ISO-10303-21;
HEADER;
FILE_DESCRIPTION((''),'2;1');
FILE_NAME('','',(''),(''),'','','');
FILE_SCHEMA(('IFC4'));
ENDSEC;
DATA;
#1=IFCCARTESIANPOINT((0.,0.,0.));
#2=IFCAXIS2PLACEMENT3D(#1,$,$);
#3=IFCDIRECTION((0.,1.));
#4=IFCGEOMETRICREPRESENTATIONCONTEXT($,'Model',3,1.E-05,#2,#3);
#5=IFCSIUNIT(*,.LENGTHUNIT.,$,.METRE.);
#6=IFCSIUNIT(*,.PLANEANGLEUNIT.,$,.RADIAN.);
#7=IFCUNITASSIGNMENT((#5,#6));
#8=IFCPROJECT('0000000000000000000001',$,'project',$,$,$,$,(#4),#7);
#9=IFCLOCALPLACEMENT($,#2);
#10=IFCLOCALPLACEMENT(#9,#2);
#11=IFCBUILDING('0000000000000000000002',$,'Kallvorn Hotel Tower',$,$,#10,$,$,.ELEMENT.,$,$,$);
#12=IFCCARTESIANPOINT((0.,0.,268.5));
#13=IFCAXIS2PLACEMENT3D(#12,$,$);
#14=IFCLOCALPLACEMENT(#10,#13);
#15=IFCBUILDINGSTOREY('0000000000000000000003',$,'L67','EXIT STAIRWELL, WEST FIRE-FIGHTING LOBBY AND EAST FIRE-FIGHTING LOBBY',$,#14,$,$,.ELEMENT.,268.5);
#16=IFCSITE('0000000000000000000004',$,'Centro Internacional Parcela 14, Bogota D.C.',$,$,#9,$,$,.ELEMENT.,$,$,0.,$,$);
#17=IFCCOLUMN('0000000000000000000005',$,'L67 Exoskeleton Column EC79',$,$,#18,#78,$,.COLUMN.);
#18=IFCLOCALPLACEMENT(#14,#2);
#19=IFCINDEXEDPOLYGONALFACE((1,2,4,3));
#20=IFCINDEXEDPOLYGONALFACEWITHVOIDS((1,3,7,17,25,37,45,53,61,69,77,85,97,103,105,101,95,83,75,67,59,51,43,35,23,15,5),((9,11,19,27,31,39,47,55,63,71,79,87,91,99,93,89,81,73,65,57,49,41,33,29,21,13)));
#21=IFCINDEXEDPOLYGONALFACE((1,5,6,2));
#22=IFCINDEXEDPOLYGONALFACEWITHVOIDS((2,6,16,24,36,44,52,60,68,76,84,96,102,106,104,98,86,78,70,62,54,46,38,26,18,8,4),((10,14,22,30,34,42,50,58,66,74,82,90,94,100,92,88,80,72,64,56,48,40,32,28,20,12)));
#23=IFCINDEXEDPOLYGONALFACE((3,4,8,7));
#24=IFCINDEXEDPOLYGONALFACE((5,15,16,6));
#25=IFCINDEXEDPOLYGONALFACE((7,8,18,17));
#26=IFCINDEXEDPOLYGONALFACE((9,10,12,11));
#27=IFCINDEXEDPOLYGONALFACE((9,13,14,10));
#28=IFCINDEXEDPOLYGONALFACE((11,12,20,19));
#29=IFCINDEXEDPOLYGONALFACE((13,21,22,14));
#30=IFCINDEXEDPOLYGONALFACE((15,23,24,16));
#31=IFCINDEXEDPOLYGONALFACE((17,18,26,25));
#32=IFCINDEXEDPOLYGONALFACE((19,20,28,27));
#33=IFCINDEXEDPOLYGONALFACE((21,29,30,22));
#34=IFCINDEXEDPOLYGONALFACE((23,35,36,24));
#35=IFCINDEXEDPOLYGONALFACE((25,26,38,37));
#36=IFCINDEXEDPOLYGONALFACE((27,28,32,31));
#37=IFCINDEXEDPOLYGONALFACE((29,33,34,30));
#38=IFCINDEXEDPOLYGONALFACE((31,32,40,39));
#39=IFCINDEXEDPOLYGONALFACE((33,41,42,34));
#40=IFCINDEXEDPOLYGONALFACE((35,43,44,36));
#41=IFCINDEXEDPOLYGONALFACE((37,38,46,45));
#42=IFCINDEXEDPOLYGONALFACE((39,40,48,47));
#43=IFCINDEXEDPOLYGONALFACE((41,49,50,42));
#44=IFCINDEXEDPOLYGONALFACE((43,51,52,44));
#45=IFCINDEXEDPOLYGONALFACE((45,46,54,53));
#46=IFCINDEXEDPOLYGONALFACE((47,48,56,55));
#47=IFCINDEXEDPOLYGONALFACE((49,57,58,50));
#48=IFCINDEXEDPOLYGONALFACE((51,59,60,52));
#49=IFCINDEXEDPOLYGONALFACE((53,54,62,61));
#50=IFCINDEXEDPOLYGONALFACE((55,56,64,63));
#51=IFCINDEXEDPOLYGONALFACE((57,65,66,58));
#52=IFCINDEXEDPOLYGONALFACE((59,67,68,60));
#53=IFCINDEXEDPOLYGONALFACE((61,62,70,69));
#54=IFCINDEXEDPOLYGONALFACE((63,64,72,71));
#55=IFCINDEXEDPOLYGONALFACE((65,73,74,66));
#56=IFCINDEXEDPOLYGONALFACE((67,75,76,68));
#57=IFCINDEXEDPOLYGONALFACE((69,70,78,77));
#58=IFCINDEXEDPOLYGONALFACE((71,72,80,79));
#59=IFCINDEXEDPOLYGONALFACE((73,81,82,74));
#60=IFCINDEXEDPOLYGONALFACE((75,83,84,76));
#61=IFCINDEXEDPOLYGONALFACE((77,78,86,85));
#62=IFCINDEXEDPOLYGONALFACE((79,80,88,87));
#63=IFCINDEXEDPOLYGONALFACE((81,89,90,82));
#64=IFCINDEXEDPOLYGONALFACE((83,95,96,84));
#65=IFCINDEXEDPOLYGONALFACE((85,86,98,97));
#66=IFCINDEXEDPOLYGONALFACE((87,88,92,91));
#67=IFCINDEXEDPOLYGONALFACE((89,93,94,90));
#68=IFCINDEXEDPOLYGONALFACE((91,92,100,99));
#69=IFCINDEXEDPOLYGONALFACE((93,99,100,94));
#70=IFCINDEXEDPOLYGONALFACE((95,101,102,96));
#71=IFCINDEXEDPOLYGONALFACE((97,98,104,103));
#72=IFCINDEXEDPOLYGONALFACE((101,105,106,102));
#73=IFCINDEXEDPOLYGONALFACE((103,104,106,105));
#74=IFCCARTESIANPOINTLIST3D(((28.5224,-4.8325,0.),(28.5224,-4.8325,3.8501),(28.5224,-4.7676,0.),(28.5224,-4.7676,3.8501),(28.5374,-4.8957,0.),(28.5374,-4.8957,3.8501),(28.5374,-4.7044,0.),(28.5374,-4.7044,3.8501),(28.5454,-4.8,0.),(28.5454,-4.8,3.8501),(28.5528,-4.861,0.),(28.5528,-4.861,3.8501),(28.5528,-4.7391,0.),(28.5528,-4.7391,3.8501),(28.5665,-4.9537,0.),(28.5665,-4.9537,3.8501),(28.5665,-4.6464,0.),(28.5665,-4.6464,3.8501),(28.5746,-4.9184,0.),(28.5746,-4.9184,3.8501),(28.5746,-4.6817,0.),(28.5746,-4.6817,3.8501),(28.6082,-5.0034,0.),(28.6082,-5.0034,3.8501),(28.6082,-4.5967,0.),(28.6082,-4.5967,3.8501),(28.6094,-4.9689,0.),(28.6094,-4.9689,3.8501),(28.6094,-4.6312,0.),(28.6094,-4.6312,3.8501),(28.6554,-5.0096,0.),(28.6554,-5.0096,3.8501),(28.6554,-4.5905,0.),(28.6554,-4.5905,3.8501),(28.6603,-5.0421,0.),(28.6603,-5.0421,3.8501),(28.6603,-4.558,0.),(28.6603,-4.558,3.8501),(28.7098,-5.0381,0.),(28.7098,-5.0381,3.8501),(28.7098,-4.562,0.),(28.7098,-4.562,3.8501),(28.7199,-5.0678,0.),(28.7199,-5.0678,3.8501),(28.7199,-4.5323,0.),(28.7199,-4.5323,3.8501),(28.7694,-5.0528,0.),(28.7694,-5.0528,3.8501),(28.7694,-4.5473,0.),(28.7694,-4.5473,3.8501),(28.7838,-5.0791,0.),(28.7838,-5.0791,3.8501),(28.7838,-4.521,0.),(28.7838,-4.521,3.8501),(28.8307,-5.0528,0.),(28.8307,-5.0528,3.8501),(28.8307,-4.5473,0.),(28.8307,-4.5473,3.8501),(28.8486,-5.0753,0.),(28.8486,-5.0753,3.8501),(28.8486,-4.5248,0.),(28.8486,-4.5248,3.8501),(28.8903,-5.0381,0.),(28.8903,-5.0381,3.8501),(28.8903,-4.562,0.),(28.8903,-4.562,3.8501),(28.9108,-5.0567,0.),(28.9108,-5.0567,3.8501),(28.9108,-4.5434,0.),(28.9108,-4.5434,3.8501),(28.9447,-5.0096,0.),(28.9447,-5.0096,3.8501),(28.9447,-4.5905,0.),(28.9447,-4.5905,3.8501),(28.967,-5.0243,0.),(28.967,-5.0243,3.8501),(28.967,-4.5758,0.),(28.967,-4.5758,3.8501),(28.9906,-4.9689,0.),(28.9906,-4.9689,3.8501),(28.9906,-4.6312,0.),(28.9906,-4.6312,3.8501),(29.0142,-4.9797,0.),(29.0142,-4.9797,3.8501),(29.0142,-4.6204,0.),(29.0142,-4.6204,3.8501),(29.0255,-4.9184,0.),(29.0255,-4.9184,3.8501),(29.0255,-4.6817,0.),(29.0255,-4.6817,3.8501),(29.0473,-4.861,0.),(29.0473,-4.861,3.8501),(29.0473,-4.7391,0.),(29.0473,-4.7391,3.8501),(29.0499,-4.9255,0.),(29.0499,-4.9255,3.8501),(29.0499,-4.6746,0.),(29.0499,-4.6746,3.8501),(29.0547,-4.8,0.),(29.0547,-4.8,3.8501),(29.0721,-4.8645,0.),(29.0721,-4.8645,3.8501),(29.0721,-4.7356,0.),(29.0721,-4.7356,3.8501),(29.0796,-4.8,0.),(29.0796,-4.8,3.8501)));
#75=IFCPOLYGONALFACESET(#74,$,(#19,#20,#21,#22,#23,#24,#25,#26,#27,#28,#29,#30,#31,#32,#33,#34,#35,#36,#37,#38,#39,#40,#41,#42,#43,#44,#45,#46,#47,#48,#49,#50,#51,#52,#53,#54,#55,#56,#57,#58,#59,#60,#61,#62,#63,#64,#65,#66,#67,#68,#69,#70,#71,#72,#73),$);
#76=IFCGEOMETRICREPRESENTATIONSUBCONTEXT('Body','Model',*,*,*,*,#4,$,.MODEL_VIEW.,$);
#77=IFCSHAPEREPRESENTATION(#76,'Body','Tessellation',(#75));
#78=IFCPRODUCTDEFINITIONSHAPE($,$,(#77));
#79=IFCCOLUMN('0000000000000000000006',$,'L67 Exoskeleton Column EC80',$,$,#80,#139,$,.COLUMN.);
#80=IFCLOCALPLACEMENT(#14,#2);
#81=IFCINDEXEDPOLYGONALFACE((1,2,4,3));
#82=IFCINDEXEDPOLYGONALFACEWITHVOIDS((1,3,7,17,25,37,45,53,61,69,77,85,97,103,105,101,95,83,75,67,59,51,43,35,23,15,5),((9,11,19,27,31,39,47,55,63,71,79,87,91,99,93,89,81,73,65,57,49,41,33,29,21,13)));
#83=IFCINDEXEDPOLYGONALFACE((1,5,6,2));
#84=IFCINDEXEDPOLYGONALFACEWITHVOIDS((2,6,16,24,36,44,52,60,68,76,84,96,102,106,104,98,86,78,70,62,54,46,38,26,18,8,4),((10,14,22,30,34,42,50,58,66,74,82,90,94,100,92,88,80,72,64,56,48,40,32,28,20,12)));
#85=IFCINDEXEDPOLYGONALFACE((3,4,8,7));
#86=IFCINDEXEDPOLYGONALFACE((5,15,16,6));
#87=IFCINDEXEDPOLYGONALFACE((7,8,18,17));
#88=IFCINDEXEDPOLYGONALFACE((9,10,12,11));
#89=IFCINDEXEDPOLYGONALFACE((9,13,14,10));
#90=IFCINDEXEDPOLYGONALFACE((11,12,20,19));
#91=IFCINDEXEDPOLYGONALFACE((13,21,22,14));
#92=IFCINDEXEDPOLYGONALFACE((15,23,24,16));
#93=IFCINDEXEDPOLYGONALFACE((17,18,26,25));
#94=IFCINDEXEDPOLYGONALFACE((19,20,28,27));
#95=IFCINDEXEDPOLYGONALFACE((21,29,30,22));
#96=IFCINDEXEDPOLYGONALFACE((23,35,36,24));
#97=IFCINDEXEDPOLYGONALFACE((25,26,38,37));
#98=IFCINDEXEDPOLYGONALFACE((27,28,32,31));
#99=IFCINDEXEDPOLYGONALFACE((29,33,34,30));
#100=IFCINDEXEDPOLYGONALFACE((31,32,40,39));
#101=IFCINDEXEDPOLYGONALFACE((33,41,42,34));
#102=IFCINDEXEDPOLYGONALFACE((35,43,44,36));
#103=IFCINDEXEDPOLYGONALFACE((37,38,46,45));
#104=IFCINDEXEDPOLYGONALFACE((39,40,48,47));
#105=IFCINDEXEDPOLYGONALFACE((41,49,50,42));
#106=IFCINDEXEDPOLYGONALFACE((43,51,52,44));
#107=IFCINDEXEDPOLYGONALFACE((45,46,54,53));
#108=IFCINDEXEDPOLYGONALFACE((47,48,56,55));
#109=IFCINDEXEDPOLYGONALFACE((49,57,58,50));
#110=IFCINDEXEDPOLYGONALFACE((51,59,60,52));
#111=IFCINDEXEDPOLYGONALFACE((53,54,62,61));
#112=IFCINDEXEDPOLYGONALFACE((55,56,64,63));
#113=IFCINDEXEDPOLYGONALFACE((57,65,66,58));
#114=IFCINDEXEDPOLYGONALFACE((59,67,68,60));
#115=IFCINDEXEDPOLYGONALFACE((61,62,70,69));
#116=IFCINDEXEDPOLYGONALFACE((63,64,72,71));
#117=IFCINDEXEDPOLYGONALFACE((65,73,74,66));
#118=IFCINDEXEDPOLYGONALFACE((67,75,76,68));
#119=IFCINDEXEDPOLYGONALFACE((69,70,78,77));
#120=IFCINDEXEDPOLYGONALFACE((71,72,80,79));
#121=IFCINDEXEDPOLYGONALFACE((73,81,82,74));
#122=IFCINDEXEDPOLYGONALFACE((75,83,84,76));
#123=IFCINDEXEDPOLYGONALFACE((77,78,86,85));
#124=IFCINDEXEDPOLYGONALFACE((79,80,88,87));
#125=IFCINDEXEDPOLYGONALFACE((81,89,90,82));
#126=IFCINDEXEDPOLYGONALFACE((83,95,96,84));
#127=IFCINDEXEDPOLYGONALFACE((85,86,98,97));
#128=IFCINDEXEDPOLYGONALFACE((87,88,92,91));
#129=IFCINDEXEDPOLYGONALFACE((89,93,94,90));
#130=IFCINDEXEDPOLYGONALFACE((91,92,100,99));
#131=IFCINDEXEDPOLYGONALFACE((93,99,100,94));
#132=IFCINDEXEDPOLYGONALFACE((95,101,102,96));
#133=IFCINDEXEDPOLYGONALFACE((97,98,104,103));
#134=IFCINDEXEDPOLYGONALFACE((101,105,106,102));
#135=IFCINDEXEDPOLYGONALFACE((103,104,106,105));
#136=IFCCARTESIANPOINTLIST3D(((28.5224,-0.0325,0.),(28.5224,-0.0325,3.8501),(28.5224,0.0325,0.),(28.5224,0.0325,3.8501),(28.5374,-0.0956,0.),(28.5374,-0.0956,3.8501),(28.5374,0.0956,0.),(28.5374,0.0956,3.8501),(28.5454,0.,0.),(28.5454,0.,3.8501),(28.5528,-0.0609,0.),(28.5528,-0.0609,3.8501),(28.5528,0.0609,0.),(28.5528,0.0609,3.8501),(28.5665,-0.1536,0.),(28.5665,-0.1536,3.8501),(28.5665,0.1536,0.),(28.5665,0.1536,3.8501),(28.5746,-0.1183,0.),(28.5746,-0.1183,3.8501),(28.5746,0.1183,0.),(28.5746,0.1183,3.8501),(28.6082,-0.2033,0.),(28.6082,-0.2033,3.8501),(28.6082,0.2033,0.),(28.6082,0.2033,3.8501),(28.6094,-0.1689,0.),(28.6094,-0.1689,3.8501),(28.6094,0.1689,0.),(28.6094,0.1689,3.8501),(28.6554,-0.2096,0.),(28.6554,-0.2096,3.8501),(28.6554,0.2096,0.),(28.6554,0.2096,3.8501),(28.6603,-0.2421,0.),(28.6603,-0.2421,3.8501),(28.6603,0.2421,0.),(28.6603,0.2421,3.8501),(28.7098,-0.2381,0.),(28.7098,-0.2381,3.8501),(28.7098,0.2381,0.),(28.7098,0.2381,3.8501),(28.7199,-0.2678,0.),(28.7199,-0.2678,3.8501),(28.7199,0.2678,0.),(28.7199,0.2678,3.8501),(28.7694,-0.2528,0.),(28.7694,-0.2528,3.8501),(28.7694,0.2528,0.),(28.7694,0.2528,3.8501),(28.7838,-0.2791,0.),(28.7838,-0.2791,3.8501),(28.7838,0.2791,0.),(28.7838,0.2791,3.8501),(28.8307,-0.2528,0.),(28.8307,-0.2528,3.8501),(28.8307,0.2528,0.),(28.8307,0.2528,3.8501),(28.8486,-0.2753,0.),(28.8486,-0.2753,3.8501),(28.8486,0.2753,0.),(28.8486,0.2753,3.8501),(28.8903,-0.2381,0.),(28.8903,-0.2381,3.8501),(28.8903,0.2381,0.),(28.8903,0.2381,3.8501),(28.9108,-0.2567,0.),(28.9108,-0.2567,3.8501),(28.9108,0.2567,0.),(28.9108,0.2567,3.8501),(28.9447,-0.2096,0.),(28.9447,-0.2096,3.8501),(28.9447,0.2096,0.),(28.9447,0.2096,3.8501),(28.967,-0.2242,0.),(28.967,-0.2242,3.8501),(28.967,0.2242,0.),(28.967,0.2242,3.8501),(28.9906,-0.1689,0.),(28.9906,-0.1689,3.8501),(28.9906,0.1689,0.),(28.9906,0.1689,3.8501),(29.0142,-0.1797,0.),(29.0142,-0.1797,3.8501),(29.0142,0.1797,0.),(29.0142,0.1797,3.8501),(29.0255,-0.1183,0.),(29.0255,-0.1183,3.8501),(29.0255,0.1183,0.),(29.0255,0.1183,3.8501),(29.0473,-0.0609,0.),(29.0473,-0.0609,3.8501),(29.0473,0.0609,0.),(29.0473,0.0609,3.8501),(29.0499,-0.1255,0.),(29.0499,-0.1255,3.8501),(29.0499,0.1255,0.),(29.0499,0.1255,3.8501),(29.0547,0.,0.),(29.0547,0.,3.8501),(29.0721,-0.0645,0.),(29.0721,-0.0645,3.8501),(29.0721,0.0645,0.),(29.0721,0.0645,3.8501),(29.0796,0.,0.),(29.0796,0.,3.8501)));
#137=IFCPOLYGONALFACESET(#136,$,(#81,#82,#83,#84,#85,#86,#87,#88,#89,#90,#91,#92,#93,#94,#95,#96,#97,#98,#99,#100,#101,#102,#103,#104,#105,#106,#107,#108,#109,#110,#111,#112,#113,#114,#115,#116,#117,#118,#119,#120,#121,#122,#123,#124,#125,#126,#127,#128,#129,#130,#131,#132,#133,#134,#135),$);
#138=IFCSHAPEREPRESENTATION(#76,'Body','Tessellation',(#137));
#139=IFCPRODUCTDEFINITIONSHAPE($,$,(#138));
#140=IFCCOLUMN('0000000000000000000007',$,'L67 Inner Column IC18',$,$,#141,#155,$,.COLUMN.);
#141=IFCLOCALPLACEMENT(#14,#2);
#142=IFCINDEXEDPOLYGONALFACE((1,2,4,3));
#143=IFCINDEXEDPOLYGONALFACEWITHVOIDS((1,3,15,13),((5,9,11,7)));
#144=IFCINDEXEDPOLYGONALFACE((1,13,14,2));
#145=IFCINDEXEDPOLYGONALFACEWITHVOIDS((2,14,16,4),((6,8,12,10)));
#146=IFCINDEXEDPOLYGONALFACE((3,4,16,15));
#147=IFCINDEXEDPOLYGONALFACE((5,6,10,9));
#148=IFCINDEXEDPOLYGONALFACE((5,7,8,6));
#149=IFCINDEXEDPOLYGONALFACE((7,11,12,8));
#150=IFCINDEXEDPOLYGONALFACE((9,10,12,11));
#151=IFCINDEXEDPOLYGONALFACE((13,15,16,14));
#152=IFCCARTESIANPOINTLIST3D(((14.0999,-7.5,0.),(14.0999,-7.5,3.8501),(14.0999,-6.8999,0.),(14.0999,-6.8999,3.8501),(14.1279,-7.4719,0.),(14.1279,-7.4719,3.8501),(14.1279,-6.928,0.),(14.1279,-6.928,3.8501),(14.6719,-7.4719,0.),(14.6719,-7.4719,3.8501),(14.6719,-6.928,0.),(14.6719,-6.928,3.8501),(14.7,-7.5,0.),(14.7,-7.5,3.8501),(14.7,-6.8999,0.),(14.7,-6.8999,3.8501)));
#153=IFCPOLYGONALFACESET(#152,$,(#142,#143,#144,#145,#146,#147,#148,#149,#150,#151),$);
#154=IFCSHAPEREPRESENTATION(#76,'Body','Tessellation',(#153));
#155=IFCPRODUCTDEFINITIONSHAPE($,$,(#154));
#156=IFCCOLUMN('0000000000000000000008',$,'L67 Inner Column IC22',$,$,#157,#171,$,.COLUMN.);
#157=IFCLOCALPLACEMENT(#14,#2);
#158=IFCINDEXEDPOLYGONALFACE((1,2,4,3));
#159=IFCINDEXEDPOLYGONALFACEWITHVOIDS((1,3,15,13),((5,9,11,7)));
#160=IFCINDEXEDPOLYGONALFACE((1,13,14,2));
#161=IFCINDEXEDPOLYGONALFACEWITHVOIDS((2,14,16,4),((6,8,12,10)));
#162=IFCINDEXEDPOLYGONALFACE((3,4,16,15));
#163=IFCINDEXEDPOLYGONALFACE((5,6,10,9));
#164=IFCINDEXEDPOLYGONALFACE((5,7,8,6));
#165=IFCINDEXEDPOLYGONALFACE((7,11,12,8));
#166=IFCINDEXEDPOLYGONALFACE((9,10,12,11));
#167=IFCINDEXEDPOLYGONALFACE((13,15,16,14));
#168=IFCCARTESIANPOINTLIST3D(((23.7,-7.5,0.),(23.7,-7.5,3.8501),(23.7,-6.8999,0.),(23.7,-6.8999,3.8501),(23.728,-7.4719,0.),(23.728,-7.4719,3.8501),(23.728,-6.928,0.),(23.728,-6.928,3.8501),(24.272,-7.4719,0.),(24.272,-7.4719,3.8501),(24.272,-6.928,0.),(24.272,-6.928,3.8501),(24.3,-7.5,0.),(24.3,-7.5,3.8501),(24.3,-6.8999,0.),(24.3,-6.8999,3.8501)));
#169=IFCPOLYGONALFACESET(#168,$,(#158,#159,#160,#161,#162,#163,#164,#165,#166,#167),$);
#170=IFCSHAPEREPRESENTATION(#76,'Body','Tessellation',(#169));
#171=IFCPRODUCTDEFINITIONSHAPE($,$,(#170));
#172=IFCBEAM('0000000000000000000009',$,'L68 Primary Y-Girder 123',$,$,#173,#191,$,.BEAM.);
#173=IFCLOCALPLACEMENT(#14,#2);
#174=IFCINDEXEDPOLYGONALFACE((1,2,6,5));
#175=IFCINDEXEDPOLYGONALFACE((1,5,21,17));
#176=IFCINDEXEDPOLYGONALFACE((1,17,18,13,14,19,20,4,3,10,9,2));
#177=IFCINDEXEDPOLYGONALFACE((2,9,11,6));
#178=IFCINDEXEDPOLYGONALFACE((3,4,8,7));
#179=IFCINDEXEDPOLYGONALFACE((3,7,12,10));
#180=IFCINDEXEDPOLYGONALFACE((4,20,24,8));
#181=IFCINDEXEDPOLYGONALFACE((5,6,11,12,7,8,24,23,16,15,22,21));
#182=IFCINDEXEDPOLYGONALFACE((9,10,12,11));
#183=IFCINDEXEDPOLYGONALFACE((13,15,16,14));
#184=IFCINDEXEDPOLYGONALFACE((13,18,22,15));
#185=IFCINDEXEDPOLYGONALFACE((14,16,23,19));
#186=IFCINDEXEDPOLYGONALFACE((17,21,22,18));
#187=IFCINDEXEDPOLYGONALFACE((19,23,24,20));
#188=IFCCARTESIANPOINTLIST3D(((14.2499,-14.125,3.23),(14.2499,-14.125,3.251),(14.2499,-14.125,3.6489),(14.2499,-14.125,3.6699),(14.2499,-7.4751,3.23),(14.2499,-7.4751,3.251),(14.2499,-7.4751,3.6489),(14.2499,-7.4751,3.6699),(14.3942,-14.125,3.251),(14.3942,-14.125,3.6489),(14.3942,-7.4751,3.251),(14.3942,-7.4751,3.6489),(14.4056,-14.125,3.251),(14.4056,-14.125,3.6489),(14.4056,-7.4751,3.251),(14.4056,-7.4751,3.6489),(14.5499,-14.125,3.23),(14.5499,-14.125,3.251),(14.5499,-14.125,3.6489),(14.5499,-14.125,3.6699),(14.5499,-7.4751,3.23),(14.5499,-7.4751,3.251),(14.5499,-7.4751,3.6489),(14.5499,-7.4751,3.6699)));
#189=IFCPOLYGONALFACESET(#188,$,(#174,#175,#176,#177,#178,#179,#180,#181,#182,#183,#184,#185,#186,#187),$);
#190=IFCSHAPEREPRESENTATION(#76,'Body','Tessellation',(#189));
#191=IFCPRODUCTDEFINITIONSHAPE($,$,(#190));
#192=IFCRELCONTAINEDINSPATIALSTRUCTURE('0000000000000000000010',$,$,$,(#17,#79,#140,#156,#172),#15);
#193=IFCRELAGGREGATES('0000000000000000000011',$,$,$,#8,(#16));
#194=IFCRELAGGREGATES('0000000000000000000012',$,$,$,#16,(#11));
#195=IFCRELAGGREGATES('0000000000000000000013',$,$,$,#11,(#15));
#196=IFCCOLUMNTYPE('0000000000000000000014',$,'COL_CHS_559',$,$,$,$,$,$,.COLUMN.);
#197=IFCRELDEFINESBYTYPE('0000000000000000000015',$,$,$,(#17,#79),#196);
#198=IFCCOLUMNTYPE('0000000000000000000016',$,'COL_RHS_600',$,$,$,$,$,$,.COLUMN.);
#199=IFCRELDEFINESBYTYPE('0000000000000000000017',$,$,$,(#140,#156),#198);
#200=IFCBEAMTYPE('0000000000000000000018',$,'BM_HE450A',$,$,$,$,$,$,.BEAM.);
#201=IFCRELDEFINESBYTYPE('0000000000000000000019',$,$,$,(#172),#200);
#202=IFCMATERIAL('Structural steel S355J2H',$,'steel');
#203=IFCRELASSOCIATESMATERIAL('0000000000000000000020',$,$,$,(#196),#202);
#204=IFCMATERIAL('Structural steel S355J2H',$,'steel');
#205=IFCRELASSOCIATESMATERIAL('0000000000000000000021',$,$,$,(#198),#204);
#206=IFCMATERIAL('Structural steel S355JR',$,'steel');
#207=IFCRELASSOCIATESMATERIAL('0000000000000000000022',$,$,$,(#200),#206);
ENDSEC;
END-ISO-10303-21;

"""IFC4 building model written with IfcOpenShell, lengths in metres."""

from ifc_helpers import new_model, si_unit, direction, frame, origin, origin_2d, place, context, subcontext, project, spatial, hollow_rectangle, hollow_circle, i_section, extrude, material, material_profile, profile_set, type_object, element, save


model = new_model("IFC4")

# Units and contexts
model_context = context("Model", 3, precision=1e-05, world=origin(), true_north=direction((0.0, 1.0)))
body_context = subcontext(model_context, "Body", "Model", "MODEL_VIEW")
ifc_project = project(units=[si_unit("LENGTHUNIT", "METRE"), si_unit("PLANEANGLEUNIT", "RADIAN")], contexts=[model_context])

# Site, building, storey
site_placement = place(None, origin())
site = spatial("IfcSite", under=ifc_project, at=site_placement, Name="Centro Internacional Parcela 14, Bogota D.C.", CompositionType="ELEMENT", RefElevation=0.0)
building_placement = place(site_placement, origin())
building = spatial("IfcBuilding", under=site, at=building_placement, Name="Kallvorn Hotel Tower", CompositionType="ELEMENT")
storey_placement = place(building_placement, frame((0.0, 0.0, 268.5)))
storey = spatial("IfcBuildingStorey", under=building, at=storey_placement, Name="L67", Description="EXIT STAIRWELL, WEST FIRE-FIGHTING LOBBY AND EAST FIRE-FIGHTING LOBBY", CompositionType="ELEMENT", Elevation=268.5)

# Columns
ifc_material_1 = material(Name="Structural steel S355J2H", Category="steel")
ifc_material_profile_1 = material_profile(ifc_material_1, hollow_circle(Radius=0.2795, WallThickness=0.0249, at=origin_2d()), Name="CHS 559x25")
ifc_profile_set_1 = profile_set([ifc_material_profile_1], Name="Structural steel S355J2H")
column_type_1 = type_object("IfcColumnType", Name="COL_CHS_559", PredefinedType="COLUMN", material=ifc_profile_set_1)
for number, where, z_axis, x_axis, name in (
    (1, (28.8, -4.8, 0.0), (0.0, 0.0, 1.0), (1.0, 0.0, 0.0), "L67 Exoskeleton Column EC79"),
    (2, (28.8, 0.0, 0.0), (0.0, 0.0, 1.0), (1.0, 0.0, 0.0), "L67 Exoskeleton Column EC80"),
):
    element("IfcColumn", number, at=place(storey_placement, frame(where, z_axis=z_axis, x_axis=x_axis)), inside=storey, type_object=column_type_1, Name=name, PredefinedType="COLUMN", context=body_context, shape_type="SweptSolid", body=[
        extrude(hollow_circle(Radius=0.2795, WallThickness=0.0249, at=origin_2d()), origin(), (0.0, 0.0, 1.0), 3.8501),
    ])
ifc_material_2 = material(Name="Structural steel S355J2H", Category="steel")
ifc_material_profile_2 = material_profile(ifc_material_2, hollow_rectangle(XDim=0.6001, YDim=0.6001, WallThickness=0.0281, at=origin_2d()), Name="RHS 600x600x28")
ifc_profile_set_2 = profile_set([ifc_material_profile_2], Name="Structural steel S355J2H")
column_type_2 = type_object("IfcColumnType", Name="COL_RHS_600", PredefinedType="COLUMN", material=ifc_profile_set_2)
for number, where, z_axis, x_axis, name in (
    (3, (14.3999, -7.2, 0.0), (0.0, 0.0, 1.0), (1.0, 0.0, 0.0), "L67 Inner Column IC18"),
    (4, (24.0, -7.2, 0.0), (0.0, 0.0, 1.0), (1.0, 0.0, 0.0), "L67 Inner Column IC22"),
):
    element("IfcColumn", number, at=place(storey_placement, frame(where, z_axis=z_axis, x_axis=x_axis)), inside=storey, type_object=column_type_2, Name=name, PredefinedType="COLUMN", context=body_context, shape_type="SweptSolid", body=[
        extrude(hollow_rectangle(XDim=0.6001, YDim=0.6001, WallThickness=0.0281, at=origin_2d()), origin(), (0.0, 0.0, 1.0), 3.8501),
    ])

# Beam
ifc_material_3 = material(Name="Structural steel S355JR", Category="steel")
ifc_material_profile_3 = material_profile(ifc_material_3, i_section(OverallWidth=0.3, OverallDepth=0.4399, WebThickness=0.0115, FlangeThickness=0.021, at=origin_2d()), Name="HE 450 A")
ifc_profile_set_3 = profile_set([ifc_material_profile_3], Name="Structural steel S355JR")
beam_type_1 = type_object("IfcBeamType", Name="BM_HE450A", PredefinedType="BEAM", material=ifc_profile_set_3)
beam_1_placement = place(storey_placement, frame((14.3999, -14.125, 3.45), z_axis=(0.0, 1.0, 0.0), x_axis=(-1.0, 0.0, 0.0)))
element("IfcBeam", 5, at=beam_1_placement, inside=storey, type_object=beam_type_1, Name="L68 Primary Y-Girder 123", PredefinedType="BEAM", context=body_context, shape_type="SweptSolid", body=[
    extrude(i_section(OverallWidth=0.3, OverallDepth=0.4399, WebThickness=0.0115, FlangeThickness=0.021, at=origin_2d()), origin(), (0.0, 0.0, 1.0), 6.6499),
])

save(model, "model.ifc")
